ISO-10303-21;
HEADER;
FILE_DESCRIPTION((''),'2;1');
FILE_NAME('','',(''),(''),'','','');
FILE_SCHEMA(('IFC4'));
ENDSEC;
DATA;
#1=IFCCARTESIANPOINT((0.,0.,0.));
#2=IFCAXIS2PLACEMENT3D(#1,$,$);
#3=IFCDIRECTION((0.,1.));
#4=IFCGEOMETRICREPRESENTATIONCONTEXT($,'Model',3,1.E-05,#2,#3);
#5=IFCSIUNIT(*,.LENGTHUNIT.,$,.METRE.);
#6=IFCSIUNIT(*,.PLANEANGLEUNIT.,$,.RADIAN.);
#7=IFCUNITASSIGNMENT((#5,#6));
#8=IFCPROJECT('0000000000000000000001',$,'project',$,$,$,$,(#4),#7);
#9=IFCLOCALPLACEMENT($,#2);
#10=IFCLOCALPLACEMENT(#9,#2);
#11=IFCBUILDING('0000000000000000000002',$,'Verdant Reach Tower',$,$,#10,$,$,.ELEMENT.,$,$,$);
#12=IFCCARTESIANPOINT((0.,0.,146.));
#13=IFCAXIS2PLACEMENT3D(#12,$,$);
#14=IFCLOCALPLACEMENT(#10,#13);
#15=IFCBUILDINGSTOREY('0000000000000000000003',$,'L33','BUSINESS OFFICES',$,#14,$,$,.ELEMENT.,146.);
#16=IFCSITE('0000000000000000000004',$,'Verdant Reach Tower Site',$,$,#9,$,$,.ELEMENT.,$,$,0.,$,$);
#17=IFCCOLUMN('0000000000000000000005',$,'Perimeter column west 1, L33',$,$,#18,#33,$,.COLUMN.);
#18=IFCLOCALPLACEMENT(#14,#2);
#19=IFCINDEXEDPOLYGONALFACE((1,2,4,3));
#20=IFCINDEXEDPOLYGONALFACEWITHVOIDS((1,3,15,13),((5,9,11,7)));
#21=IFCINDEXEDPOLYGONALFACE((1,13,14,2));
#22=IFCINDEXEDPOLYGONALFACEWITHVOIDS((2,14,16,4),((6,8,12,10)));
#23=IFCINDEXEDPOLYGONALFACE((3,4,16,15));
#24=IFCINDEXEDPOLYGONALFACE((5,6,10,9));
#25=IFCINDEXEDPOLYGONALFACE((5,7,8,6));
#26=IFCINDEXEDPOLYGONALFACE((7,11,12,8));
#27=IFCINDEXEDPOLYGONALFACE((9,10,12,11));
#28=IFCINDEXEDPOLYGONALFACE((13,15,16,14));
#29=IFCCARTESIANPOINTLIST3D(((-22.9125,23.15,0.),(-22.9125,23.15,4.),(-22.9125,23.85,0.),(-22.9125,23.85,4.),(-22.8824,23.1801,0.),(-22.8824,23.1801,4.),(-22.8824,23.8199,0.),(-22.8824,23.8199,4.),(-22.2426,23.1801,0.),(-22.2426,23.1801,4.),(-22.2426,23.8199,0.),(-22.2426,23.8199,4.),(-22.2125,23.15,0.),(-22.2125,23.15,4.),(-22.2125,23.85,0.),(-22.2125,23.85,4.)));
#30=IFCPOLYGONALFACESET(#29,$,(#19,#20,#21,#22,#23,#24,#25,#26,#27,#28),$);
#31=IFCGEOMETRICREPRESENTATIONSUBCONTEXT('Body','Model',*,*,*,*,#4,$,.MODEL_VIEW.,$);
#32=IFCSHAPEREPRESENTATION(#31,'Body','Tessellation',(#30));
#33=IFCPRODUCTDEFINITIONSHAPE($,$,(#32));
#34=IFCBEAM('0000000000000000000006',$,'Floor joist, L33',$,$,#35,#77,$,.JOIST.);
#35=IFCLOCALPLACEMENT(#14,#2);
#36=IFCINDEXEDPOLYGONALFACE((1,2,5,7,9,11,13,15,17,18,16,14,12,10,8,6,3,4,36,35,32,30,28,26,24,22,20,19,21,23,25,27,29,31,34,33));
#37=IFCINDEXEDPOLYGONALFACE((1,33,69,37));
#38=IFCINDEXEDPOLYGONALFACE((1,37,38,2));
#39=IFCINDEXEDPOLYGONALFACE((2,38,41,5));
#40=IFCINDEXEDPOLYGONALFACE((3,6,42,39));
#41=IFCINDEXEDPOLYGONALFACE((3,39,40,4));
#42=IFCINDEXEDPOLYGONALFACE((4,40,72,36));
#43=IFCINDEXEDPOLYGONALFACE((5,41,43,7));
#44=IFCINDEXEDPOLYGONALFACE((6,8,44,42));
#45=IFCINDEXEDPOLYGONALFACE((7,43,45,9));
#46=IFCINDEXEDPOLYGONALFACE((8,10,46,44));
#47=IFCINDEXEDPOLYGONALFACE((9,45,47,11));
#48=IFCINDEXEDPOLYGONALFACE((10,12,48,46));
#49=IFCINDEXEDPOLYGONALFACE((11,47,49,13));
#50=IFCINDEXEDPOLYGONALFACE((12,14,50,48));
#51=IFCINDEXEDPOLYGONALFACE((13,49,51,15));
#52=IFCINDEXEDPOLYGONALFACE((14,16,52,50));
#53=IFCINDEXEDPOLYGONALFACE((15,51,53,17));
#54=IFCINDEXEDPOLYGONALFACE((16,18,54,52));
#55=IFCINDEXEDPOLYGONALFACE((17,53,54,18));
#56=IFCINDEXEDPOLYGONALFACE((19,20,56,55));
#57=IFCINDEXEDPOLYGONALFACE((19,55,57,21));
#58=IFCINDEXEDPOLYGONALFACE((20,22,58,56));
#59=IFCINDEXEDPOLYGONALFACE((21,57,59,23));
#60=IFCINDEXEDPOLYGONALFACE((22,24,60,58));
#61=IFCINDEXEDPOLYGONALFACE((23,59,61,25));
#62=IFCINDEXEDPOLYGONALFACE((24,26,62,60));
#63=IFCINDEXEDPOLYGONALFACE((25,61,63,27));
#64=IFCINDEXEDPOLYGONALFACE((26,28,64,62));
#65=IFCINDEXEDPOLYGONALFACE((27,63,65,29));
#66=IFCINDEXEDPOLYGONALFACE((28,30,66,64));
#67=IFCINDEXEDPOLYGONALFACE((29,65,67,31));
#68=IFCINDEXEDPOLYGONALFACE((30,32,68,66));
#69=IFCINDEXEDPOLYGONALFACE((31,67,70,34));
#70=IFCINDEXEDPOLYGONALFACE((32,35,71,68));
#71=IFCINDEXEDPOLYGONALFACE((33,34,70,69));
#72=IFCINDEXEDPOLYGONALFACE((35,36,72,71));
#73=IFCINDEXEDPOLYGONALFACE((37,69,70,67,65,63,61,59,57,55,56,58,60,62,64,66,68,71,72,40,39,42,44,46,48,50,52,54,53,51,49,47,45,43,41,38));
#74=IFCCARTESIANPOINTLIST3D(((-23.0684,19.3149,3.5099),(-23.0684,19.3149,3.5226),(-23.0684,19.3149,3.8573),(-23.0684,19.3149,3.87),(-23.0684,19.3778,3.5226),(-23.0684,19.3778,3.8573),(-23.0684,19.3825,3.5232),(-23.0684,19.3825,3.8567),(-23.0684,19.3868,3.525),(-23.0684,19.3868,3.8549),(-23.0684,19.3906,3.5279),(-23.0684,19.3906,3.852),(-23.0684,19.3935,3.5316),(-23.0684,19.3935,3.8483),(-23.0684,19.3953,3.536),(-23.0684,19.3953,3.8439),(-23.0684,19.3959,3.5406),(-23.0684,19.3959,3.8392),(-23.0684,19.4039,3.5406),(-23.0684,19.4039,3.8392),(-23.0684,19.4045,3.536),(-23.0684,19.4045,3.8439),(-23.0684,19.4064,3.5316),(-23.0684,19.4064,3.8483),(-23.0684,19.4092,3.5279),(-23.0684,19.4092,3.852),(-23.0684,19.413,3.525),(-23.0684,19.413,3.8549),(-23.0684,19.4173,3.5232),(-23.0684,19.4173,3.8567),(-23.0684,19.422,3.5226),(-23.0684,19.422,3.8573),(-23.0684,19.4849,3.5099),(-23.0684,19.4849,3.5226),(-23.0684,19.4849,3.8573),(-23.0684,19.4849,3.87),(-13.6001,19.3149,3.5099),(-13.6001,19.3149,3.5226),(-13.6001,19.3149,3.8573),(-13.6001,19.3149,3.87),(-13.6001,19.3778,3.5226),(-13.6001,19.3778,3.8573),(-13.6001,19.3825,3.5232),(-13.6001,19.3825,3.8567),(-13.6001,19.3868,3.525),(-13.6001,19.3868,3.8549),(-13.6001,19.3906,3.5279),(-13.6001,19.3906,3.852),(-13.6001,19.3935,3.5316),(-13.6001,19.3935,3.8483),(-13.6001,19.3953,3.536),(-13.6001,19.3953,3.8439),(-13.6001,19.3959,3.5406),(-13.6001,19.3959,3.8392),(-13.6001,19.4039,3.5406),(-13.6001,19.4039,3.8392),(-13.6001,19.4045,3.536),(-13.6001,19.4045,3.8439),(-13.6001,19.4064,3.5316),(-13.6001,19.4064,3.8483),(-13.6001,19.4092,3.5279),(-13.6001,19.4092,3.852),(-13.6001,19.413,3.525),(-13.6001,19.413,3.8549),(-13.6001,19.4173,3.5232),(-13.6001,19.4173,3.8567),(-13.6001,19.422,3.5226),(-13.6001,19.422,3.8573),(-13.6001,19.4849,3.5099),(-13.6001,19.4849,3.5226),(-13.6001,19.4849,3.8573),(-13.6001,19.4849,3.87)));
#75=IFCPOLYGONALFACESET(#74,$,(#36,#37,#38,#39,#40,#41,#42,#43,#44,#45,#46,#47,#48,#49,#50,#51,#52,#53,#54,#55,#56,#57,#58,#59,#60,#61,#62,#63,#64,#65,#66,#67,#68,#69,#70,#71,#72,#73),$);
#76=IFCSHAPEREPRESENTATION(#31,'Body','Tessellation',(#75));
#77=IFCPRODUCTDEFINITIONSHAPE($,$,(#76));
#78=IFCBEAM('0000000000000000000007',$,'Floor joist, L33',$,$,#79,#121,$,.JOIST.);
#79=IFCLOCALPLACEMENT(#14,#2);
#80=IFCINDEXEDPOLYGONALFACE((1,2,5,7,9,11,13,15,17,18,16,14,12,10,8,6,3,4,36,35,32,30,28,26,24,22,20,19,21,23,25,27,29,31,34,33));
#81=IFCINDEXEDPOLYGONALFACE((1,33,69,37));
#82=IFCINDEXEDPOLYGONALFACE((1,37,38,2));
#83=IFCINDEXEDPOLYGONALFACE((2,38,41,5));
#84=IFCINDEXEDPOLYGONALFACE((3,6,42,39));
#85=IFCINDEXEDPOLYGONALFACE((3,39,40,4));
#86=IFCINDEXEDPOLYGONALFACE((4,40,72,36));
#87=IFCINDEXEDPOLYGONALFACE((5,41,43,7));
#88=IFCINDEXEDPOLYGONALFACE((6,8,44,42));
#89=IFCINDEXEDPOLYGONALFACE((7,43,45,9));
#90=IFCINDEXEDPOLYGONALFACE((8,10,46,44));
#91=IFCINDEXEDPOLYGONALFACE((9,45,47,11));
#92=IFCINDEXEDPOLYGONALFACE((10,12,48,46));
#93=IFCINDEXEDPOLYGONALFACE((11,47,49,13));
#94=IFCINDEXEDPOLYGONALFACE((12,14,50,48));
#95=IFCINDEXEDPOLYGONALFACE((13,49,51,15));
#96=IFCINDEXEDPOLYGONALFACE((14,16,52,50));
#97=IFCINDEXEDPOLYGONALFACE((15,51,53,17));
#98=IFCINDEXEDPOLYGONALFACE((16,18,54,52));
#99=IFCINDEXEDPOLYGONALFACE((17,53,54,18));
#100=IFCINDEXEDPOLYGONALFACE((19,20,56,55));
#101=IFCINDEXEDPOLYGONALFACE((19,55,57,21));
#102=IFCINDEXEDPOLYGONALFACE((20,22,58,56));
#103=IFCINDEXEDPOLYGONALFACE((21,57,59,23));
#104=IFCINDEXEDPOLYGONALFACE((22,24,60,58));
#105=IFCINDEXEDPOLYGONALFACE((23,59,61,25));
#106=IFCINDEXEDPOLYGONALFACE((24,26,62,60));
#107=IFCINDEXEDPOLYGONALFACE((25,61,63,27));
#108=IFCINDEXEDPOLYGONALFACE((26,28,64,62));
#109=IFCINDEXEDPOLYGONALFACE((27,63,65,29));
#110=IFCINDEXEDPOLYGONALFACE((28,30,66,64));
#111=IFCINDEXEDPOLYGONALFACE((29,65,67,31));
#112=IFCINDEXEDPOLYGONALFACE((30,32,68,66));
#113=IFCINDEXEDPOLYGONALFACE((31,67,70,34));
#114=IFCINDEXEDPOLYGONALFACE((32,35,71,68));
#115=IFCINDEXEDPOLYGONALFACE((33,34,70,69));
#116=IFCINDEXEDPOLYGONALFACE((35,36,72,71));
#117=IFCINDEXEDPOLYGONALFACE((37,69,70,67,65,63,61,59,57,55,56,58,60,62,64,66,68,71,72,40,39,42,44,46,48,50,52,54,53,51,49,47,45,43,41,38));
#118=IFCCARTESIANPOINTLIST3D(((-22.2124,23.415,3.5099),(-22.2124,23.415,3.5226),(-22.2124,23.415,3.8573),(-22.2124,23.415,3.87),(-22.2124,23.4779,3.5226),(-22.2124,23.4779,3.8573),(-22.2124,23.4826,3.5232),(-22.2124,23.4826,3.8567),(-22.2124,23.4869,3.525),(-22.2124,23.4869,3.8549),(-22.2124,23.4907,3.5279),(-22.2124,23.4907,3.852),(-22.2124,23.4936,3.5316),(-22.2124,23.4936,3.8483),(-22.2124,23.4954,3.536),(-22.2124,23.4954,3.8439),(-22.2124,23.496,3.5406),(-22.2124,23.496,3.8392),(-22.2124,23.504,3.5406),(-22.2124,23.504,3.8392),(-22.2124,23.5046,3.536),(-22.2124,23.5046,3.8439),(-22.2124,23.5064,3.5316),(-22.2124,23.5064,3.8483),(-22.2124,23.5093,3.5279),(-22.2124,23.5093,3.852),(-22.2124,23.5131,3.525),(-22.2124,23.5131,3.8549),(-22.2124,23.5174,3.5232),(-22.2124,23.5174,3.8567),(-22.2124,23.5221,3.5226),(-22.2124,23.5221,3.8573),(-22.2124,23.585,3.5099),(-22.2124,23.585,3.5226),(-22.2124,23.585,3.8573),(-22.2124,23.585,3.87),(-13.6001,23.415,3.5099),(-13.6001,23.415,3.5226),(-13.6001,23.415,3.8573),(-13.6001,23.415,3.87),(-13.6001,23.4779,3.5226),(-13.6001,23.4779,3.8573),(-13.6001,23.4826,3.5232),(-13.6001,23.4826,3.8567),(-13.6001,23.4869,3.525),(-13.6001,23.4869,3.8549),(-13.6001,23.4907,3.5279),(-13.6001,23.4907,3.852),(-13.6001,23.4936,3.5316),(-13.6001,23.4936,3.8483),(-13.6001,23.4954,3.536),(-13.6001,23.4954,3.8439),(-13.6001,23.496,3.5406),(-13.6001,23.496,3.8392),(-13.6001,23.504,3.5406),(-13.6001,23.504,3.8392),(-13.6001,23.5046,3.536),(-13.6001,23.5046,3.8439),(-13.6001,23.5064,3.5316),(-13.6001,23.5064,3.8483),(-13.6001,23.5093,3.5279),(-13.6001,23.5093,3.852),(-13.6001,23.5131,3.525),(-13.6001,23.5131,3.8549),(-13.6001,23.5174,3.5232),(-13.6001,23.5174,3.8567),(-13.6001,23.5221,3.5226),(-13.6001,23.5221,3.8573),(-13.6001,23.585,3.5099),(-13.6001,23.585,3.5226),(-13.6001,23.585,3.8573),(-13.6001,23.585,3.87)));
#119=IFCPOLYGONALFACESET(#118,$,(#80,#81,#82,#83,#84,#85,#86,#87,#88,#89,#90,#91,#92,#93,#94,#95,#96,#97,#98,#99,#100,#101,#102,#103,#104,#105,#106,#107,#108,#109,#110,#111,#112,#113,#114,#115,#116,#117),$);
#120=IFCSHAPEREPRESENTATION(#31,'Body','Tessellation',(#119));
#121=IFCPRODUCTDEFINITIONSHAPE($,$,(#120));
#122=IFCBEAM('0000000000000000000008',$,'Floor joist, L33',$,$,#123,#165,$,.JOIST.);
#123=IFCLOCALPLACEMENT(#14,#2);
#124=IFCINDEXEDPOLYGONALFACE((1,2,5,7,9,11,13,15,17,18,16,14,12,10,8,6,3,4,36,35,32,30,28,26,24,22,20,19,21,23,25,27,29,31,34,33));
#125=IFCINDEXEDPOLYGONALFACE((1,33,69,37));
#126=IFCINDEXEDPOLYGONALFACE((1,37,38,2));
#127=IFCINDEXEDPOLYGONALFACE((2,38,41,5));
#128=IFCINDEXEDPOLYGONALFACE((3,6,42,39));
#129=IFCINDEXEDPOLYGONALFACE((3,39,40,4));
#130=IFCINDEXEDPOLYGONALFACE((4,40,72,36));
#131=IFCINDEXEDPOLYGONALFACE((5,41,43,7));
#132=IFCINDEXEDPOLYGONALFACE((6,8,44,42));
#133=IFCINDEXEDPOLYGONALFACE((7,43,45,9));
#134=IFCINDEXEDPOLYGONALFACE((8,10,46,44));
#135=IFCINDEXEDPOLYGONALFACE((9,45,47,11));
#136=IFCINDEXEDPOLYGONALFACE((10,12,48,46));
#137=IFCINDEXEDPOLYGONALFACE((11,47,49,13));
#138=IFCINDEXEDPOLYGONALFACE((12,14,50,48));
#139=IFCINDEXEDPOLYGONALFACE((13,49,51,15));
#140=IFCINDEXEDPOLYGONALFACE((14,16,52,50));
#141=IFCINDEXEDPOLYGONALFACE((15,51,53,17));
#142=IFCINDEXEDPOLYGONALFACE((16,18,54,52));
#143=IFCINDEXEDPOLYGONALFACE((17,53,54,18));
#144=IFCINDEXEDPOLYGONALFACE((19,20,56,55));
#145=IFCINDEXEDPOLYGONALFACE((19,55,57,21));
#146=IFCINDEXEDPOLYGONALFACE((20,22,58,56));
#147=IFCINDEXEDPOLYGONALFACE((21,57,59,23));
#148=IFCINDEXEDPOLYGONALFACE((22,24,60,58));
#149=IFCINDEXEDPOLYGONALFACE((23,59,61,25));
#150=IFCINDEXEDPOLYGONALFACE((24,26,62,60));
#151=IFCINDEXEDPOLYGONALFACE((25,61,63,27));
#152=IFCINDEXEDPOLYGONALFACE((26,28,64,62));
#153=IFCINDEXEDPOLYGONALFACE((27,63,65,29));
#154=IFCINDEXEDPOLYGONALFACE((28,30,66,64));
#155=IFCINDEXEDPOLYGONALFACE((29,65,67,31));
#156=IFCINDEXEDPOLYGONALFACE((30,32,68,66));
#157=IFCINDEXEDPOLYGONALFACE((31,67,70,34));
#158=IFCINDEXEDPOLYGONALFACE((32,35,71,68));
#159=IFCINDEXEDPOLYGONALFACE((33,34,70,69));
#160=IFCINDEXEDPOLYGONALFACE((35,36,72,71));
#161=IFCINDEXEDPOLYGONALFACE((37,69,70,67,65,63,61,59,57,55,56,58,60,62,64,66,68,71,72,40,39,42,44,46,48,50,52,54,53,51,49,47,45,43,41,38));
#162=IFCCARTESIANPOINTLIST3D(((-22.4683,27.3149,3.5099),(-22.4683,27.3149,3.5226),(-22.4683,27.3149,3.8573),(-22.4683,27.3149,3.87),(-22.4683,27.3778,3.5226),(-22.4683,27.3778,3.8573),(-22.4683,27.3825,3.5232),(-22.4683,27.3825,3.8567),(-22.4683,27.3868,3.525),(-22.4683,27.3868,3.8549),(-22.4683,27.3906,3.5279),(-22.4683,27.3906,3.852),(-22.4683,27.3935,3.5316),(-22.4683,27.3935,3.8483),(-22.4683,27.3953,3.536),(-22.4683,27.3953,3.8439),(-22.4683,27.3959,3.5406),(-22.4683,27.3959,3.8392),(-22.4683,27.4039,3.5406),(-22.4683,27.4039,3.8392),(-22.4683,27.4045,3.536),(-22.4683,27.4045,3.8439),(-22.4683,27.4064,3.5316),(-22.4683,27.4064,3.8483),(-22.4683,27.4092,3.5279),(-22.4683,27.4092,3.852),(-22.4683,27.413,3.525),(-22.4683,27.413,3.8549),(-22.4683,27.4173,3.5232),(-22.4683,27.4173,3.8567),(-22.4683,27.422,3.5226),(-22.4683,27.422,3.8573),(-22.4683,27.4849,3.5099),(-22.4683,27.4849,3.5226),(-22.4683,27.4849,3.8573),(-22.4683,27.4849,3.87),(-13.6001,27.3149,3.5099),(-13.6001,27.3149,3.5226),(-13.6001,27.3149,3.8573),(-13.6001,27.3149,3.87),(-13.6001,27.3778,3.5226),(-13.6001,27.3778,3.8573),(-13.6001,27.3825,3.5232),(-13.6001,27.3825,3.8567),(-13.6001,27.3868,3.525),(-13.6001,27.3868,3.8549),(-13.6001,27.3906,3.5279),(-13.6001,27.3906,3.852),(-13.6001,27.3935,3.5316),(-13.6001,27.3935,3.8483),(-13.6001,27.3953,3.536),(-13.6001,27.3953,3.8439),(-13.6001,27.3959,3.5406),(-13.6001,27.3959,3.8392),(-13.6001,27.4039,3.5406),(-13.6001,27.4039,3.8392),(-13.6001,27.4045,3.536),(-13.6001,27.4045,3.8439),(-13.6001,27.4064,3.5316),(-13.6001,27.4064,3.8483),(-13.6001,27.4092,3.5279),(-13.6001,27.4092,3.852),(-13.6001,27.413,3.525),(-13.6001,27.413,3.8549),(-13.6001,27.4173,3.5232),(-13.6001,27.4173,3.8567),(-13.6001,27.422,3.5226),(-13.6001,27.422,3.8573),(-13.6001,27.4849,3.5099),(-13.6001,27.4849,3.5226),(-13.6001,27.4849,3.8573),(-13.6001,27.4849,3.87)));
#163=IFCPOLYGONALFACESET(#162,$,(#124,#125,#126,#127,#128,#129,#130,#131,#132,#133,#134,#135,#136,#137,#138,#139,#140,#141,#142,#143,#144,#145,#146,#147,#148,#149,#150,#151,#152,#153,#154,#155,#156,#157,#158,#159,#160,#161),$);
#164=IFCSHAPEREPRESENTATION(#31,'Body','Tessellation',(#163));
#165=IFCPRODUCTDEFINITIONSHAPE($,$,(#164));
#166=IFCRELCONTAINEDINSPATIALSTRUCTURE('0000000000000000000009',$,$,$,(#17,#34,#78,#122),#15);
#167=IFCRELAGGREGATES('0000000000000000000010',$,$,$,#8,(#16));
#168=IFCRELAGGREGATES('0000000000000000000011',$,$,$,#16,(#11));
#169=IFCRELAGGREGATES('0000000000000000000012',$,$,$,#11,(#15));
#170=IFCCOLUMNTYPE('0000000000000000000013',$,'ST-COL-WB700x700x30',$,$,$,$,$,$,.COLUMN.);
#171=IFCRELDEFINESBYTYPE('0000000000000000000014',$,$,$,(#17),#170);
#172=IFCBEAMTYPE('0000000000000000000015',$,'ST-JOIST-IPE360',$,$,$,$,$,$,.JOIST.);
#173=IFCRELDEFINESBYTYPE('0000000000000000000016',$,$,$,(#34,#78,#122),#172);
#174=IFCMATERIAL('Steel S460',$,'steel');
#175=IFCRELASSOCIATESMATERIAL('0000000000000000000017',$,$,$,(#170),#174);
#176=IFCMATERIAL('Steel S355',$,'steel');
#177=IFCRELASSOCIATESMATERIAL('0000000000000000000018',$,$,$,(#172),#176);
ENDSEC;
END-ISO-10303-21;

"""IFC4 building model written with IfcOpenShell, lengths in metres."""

from ifc_helpers import new_model, si_unit, direction, frame, origin, origin_2d, place, context, subcontext, project, spatial, hollow_rectangle, i_section, extrude, material, material_profile, profile_set, type_object, element, save


model = new_model("IFC4")

# Units and contexts
model_context = context("Model", 3, precision=1e-05, world=origin(), true_north=direction((0.0, 1.0)))
body_context = subcontext(model_context, "Body", "Model", "MODEL_VIEW")
ifc_project = project(units=[si_unit("LENGTHUNIT", "METRE"), si_unit("PLANEANGLEUNIT", "RADIAN")], contexts=[model_context])

# Site, building, storey
site_placement = place(None, origin())
site = spatial("IfcSite", under=ifc_project, at=site_placement, Name="Verdant Reach Tower Site", CompositionType="ELEMENT", RefElevation=0.0)
building_placement = place(site_placement, origin())
building = spatial("IfcBuilding", under=site, at=building_placement, Name="Verdant Reach Tower", CompositionType="ELEMENT")
storey_placement = place(building_placement, frame((0.0, 0.0, 146.0)))
storey = spatial("IfcBuildingStorey", under=building, at=storey_placement, Name="L33", Description="BUSINESS OFFICES", CompositionType="ELEMENT", Elevation=146.0)

# Column
ifc_material_1 = material(Name="Steel S460", Category="steel")
ifc_material_profile_1 = material_profile(ifc_material_1, hollow_rectangle(XDim=0.7, YDim=0.7, WallThickness=0.03, at=origin_2d()), Name="WB 700x700x30")
ifc_profile_set_1 = profile_set([ifc_material_profile_1], Name="Steel S460")
column_type = type_object("IfcColumnType", Name="ST-COL-WB700x700x30", PredefinedType="COLUMN", material=ifc_profile_set_1)
column_placement = place(storey_placement, frame((-22.5625, 23.5, 0.0), z_axis=(0.0, 0.0, 1.0), x_axis=(1.0, 0.0, 0.0)))
element("IfcColumn", 1, at=column_placement, inside=storey, type_object=column_type, Name="Perimeter column west 1, L33", PredefinedType="COLUMN", context=body_context, shape_type="SweptSolid", body=[
    extrude(hollow_rectangle(XDim=0.7, YDim=0.7, WallThickness=0.03, at=origin_2d()), origin(), (0.0, 0.0, 1.0), 4.0),
])

# Beams
ifc_material_2 = material(Name="Steel S355", Category="steel")
ifc_material_profile_2 = material_profile(ifc_material_2, i_section(OverallWidth=0.1699, OverallDepth=0.3601, WebThickness=0.0081, FlangeThickness=0.0127, FilletRadius=0.0181, at=origin_2d()), Name="IPE 360")
ifc_profile_set_2 = profile_set([ifc_material_profile_2], Name="Steel S355")
beam_type = type_object("IfcBeamType", Name="ST-JOIST-IPE360", PredefinedType="JOIST", material=ifc_profile_set_2)
beam_1_placement = place(storey_placement, frame((-13.6001, 19.3999, 3.6899), z_axis=(-1.0, 0.0, 0.0), x_axis=(0.0, -1.0, 0.0)))
element("IfcBeam", 2, at=beam_1_placement, inside=storey, type_object=beam_type, Name="Floor joist, L33", PredefinedType="JOIST", context=body_context, shape_type="SweptSolid", body=[
    extrude(i_section(OverallWidth=0.1699, OverallDepth=0.3601, WebThickness=0.0081, FlangeThickness=0.0127, FilletRadius=0.0181, at=origin_2d()), origin(), (0.0, 0.0, 1.0), 9.4683),
])
beam_2_placement = place(storey_placement, frame((-13.6001, 23.5, 3.6899), z_axis=(-1.0, 0.0, 0.0), x_axis=(0.0, -1.0, 0.0)))
element("IfcBeam", 3, at=beam_2_placement, inside=storey, type_object=beam_type, Name="Floor joist, L33", PredefinedType="JOIST", context=body_context, shape_type="SweptSolid", body=[
    extrude(i_section(OverallWidth=0.1699, OverallDepth=0.3601, WebThickness=0.0081, FlangeThickness=0.0127, FilletRadius=0.0181, at=origin_2d()), origin(), (0.0, 0.0, 1.0), 8.6123),
])
beam_3_placement = place(storey_placement, frame((-13.6001, 27.3999, 3.6899), z_axis=(-1.0, 0.0, 0.0), x_axis=(0.0, -1.0, 0.0)))
element("IfcBeam", 4, at=beam_3_placement, inside=storey, type_object=beam_type, Name="Floor joist, L33", PredefinedType="JOIST", context=body_context, shape_type="SweptSolid", body=[
    extrude(i_section(OverallWidth=0.1699, OverallDepth=0.3601, WebThickness=0.0081, FlangeThickness=0.0127, FilletRadius=0.0181, at=origin_2d()), origin(), (0.0, 0.0, 1.0), 8.8682),
])

save(model, "model.ifc")
